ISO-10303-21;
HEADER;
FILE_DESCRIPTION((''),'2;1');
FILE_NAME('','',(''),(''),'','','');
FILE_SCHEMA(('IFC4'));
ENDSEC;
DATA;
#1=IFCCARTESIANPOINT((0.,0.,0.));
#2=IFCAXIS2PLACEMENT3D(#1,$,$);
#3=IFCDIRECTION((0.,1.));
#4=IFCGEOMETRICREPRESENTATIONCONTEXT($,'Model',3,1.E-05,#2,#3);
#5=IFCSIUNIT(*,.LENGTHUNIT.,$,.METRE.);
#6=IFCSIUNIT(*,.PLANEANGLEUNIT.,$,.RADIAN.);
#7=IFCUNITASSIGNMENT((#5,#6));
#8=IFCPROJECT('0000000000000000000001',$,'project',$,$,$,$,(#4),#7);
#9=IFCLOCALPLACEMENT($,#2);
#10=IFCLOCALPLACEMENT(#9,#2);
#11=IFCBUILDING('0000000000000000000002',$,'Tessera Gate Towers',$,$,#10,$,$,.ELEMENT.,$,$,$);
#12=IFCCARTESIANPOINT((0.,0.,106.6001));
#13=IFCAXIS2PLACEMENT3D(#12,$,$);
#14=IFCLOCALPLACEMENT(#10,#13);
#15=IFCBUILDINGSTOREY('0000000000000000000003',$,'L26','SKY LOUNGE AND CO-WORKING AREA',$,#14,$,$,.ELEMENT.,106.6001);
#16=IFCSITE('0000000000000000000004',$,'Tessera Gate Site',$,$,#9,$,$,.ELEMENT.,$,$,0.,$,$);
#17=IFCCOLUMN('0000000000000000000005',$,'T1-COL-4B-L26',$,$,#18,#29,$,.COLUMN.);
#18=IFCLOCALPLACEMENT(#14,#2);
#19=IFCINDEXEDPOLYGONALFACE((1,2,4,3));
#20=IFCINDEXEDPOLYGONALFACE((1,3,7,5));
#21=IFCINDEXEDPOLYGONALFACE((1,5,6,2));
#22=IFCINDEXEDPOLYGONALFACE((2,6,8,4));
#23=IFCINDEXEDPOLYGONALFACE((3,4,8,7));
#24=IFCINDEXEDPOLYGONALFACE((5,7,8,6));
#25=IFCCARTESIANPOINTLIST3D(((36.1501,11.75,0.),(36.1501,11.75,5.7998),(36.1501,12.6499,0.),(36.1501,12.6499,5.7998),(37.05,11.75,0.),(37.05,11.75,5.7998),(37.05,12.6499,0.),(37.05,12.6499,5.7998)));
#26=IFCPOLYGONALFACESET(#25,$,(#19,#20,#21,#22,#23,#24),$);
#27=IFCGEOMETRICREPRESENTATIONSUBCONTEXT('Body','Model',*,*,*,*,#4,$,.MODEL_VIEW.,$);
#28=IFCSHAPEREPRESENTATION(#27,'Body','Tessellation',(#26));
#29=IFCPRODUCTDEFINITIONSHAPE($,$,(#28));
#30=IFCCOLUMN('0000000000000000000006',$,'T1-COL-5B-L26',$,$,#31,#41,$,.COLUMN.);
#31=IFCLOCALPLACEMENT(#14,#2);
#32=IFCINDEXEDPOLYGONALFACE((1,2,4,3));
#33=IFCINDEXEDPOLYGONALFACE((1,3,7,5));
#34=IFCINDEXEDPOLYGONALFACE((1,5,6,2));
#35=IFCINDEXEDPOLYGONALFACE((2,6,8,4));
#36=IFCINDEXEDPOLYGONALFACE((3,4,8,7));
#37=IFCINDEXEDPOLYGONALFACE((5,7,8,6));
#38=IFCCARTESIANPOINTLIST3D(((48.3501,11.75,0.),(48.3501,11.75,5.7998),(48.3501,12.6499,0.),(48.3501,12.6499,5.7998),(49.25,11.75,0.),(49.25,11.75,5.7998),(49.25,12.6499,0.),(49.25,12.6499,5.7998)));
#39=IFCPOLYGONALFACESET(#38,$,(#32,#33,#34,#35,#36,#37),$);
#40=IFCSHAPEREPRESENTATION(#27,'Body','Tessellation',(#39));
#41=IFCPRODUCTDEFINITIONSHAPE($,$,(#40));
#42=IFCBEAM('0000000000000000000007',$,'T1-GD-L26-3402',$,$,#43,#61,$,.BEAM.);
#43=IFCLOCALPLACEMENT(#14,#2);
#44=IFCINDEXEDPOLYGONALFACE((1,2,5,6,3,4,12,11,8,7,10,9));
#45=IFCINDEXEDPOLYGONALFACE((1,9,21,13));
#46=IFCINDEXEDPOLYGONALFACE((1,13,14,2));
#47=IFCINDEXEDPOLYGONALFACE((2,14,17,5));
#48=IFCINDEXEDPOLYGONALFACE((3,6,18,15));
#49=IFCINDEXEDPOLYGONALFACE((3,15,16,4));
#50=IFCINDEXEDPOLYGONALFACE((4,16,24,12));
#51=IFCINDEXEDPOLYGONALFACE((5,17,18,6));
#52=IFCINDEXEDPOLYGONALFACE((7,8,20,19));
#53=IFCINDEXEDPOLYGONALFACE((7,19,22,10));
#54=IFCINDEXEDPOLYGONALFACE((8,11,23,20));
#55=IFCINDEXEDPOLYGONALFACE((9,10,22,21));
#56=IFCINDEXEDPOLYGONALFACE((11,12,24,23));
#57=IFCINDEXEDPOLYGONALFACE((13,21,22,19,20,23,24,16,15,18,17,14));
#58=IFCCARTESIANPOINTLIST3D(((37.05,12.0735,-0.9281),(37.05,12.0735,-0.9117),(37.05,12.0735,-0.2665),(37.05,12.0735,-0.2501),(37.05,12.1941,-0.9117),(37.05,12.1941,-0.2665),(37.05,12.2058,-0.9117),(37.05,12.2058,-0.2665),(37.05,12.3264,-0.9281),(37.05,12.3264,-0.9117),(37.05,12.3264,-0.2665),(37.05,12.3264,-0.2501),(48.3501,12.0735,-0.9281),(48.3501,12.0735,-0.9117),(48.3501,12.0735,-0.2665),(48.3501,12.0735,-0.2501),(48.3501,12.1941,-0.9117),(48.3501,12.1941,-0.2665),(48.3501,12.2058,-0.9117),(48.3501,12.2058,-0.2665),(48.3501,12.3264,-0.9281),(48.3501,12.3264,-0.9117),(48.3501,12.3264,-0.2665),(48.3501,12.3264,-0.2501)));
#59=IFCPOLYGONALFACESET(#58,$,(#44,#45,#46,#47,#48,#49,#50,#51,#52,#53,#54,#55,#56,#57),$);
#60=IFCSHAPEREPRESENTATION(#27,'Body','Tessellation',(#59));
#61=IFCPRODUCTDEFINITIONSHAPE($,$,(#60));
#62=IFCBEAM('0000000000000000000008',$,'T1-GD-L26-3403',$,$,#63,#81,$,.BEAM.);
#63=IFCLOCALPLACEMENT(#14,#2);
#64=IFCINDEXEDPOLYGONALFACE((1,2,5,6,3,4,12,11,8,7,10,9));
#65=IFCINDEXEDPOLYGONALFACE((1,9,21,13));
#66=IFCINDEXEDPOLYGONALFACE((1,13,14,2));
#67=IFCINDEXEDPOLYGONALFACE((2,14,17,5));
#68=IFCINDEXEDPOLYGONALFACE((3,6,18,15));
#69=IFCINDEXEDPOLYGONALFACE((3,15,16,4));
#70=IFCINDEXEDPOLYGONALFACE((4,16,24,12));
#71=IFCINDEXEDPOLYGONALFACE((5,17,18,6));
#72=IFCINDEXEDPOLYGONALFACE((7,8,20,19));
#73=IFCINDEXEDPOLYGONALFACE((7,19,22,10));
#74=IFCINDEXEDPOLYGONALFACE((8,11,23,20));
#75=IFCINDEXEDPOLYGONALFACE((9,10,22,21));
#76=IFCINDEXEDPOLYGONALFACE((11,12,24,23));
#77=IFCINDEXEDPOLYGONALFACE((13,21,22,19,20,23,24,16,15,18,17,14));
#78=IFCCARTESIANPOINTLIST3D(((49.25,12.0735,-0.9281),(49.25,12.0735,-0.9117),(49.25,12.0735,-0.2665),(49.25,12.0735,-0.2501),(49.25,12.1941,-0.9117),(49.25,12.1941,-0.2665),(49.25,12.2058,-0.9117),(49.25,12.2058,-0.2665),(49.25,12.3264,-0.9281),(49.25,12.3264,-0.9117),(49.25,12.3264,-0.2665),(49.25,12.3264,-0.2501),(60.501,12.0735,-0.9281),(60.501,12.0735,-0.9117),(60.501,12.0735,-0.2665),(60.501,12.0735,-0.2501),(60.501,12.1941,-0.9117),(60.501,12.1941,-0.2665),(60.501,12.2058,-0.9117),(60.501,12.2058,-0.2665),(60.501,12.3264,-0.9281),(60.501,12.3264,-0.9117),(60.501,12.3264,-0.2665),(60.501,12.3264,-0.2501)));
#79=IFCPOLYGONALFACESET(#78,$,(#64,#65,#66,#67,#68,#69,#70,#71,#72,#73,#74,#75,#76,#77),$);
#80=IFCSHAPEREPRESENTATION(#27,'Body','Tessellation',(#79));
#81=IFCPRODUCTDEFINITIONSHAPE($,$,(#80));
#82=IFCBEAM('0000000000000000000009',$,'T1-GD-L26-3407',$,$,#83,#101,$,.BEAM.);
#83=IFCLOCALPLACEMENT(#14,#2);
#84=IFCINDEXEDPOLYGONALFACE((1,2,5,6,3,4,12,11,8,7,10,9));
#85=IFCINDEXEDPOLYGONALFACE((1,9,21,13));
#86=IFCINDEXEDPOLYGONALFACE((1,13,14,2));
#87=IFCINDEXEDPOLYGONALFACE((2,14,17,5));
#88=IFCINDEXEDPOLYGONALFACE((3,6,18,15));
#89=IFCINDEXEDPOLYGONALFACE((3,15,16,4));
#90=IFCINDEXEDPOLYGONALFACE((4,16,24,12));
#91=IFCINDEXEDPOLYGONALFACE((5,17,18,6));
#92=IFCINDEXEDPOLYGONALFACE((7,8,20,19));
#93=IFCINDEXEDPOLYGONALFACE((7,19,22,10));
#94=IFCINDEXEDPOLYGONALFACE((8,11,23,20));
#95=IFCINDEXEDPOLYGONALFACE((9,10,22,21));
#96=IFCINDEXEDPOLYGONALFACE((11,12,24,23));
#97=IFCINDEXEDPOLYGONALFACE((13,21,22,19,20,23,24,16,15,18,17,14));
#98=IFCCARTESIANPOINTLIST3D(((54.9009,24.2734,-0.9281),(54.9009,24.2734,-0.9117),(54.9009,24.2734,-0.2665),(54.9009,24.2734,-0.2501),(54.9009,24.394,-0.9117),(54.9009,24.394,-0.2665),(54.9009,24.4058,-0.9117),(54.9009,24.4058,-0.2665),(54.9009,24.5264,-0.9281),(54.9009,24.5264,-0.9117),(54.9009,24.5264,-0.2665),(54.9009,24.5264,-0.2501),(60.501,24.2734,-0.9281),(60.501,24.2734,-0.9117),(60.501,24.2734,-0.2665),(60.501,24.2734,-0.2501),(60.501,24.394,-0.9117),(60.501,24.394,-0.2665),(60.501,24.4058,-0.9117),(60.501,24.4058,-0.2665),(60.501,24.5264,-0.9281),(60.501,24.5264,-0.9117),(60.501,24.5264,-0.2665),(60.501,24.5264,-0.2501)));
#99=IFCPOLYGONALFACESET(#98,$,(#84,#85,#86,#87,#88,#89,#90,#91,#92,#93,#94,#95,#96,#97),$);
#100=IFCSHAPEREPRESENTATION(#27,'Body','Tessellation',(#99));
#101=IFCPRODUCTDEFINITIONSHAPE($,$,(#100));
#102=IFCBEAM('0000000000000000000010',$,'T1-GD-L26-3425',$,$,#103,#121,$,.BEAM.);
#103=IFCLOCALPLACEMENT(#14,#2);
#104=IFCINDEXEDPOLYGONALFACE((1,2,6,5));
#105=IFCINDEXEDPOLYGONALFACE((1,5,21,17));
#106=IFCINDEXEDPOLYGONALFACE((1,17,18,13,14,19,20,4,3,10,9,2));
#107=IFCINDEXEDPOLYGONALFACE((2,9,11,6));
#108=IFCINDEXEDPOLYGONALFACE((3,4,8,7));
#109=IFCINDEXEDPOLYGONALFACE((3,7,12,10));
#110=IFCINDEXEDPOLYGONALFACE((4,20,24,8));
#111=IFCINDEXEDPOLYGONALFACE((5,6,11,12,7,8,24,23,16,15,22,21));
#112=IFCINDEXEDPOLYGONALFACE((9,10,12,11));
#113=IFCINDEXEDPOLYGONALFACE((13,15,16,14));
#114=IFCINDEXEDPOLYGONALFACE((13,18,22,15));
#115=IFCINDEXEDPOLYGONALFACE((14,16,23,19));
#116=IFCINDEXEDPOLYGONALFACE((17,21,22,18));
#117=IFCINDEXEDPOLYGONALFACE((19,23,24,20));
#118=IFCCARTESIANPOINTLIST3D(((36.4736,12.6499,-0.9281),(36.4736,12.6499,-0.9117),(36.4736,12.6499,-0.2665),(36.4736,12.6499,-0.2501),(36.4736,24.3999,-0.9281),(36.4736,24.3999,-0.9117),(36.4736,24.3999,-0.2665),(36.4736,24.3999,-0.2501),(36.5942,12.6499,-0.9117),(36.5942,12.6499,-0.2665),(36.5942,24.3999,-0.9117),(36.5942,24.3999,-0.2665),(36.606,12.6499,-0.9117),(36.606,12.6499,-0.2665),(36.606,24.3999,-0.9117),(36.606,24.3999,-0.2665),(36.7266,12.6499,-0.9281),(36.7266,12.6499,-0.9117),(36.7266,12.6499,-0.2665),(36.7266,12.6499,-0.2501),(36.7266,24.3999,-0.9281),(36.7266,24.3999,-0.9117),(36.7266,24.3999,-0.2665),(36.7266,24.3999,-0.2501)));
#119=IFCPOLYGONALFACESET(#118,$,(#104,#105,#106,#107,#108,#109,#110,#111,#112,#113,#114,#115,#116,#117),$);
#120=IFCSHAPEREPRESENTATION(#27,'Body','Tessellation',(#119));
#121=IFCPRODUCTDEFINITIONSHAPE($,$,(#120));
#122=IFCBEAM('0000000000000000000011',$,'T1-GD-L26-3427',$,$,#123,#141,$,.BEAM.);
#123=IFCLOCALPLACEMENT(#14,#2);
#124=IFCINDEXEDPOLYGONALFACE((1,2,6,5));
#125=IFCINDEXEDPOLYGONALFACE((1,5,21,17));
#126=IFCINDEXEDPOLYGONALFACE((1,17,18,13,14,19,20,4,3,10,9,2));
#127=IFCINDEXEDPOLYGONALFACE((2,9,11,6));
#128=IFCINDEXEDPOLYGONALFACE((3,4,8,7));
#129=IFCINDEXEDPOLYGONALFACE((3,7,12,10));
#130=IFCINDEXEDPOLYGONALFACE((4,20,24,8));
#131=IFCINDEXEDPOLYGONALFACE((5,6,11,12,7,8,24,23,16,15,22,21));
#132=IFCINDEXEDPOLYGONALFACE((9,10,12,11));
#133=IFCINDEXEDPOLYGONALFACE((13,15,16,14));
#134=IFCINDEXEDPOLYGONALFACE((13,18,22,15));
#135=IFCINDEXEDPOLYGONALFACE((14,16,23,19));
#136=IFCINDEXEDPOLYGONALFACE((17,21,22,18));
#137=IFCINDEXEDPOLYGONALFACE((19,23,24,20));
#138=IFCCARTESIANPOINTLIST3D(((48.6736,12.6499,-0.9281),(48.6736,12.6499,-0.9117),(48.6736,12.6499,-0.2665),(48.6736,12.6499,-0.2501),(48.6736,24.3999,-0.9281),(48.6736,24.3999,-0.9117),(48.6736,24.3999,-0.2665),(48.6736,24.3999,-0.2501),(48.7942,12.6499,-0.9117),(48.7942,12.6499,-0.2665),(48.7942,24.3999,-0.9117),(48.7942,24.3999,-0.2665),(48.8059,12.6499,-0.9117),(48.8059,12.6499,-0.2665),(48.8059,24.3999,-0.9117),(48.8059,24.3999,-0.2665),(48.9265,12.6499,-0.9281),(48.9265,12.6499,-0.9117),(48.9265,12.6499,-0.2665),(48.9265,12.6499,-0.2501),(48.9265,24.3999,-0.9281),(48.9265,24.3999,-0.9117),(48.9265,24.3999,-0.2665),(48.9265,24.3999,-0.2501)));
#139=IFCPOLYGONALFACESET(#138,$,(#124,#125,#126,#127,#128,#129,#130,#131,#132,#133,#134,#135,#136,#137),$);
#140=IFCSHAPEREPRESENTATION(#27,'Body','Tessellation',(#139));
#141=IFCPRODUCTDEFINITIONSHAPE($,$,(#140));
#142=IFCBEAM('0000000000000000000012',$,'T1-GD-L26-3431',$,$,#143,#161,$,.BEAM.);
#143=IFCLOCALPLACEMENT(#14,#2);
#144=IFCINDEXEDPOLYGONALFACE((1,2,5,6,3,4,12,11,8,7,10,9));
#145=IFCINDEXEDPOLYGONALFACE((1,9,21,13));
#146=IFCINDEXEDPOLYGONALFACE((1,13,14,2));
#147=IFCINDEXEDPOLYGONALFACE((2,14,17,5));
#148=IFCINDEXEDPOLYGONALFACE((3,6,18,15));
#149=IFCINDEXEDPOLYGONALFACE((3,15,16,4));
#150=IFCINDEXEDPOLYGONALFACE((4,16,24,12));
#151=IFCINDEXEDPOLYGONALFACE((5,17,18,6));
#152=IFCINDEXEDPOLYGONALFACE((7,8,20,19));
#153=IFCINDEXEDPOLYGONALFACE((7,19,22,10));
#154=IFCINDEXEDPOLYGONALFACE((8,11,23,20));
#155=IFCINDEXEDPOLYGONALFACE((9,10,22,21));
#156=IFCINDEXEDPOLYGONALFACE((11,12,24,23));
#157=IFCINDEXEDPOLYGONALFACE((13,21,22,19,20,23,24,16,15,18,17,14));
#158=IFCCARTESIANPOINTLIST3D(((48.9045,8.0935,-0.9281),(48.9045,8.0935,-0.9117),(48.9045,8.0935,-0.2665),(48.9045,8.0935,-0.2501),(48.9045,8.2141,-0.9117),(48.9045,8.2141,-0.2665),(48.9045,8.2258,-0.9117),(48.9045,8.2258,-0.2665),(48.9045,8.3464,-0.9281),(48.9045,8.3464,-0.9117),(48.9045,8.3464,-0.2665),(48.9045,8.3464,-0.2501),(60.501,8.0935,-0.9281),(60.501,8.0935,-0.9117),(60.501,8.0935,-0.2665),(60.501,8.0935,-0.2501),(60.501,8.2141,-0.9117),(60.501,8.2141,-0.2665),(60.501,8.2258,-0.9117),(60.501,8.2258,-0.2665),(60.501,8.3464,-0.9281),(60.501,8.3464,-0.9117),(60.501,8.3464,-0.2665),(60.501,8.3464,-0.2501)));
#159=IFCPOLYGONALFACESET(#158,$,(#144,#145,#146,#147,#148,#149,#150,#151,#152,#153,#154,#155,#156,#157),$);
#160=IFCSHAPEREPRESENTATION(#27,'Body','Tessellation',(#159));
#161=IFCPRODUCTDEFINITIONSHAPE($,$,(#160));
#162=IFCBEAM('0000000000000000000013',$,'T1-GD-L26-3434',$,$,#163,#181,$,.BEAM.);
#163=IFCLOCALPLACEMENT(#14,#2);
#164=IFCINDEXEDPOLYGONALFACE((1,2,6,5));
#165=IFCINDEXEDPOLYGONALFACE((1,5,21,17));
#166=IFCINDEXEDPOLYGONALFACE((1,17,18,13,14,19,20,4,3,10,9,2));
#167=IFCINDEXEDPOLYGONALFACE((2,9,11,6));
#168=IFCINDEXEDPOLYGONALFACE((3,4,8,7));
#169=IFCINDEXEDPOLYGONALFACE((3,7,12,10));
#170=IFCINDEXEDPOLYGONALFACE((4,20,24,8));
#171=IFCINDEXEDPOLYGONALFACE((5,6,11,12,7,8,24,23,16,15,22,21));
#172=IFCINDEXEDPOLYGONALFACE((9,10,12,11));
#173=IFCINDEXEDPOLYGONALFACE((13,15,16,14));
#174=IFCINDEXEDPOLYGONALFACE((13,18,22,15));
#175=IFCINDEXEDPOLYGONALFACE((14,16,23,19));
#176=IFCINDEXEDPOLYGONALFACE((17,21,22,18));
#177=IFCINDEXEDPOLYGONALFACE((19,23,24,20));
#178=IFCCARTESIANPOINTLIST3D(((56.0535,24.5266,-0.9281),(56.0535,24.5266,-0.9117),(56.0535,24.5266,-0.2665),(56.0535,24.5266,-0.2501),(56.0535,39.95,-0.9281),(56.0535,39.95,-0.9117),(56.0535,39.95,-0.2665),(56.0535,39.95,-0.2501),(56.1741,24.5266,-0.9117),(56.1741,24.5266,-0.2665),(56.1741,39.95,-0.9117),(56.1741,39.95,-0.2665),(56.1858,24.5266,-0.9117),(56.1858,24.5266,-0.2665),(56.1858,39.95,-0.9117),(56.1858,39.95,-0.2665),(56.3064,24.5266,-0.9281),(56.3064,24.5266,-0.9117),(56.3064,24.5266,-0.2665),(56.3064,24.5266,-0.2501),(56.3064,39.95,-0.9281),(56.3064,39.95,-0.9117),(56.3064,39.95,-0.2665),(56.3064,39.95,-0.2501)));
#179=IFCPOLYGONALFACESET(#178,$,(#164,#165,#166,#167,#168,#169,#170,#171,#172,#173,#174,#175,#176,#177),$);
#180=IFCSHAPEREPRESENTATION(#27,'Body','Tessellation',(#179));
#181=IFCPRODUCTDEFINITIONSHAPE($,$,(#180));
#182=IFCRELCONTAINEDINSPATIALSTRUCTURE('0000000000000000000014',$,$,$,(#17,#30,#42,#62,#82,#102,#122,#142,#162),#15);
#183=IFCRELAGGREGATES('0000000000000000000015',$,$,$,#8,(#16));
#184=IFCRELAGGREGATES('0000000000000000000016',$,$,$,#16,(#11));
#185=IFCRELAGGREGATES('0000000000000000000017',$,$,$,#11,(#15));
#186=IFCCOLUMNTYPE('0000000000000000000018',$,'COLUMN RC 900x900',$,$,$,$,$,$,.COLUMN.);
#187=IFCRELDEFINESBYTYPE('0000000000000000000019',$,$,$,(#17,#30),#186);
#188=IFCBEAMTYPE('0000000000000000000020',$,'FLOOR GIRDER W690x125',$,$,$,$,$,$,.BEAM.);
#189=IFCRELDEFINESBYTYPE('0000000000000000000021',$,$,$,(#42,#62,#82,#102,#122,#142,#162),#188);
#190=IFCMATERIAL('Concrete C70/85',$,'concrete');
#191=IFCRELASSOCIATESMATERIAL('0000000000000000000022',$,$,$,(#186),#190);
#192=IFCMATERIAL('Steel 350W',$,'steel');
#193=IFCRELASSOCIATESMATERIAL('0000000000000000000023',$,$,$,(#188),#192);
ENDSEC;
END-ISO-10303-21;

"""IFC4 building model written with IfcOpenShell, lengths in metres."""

from ifc_helpers import new_model, si_unit, direction, frame, origin, origin_2d, place, context, subcontext, project, spatial, rectangle, i_section, extrude, material, material_profile, profile_set, type_object, element, save


model = new_model("IFC4")

# Units and contexts
model_context = context("Model", 3, precision=1e-05, world=origin(), true_north=direction((0.0, 1.0)))
body_context = subcontext(model_context, "Body", "Model", "MODEL_VIEW")
ifc_project = project(units=[si_unit("LENGTHUNIT", "METRE"), si_unit("PLANEANGLEUNIT", "RADIAN")], contexts=[model_context])

# Site, building, storey
site_placement = place(None, origin())
site = spatial("IfcSite", under=ifc_project, at=site_placement, Name="Tessera Gate Site", CompositionType="ELEMENT", RefElevation=0.0)
building_placement = place(site_placement, origin())
building = spatial("IfcBuilding", under=site, at=building_placement, Name="Tessera Gate Towers", CompositionType="ELEMENT")
storey_placement = place(building_placement, frame((0.0, 0.0, 106.6001)))
storey = spatial("IfcBuildingStorey", under=building, at=storey_placement, Name="L26", Description="SKY LOUNGE AND CO-WORKING AREA", CompositionType="ELEMENT", Elevation=106.6001)

# Columns
ifc_material_1 = material(Name="Concrete C70/85", Category="concrete")
ifc_material_profile_1 = material_profile(ifc_material_1, rectangle(XDim=0.8999, YDim=0.8999, at=origin_2d()), Name="RC 900x900")
ifc_profile_set_1 = profile_set([ifc_material_profile_1], Name="Concrete C70/85")
column_type = type_object("IfcColumnType", Name="COLUMN RC 900x900", PredefinedType="COLUMN", material=ifc_profile_set_1)
for number, where, z_axis, x_axis, name in (
    (1, (36.6001, 12.2, 0.0), (0.0, 0.0, 1.0), (1.0, 0.0, 0.0), "T1-COL-4B-L26"),
    (2, (48.8, 12.2, 0.0), (0.0, 0.0, 1.0), (1.0, 0.0, 0.0), "T1-COL-5B-L26"),
):
    element("IfcColumn", number, at=place(storey_placement, frame(where, z_axis=z_axis, x_axis=x_axis)), inside=storey, type_object=column_type, Name=name, PredefinedType="COLUMN", context=body_context, shape_type="SweptSolid", body=[
        extrude(rectangle(XDim=0.8999, YDim=0.8999, at=origin_2d()), origin(), (0.0, 0.0, 1.0), 5.7998),
    ])

# Beams
ifc_material_2 = material(Name="Steel 350W", Category="steel")
ifc_material_profile_2 = material_profile(ifc_material_2, i_section(OverallWidth=0.2529, OverallDepth=0.678, WebThickness=0.0117, FlangeThickness=0.0164, at=origin_2d()), Name="W690x125")
ifc_profile_set_2 = profile_set([ifc_material_profile_2], Name="Steel 350W")
beam_type_1 = type_object("IfcBeamType", Name="FLOOR GIRDER W690x125", PredefinedType="BEAM", material=ifc_profile_set_2)
beam_1_placement = place(storey_placement, frame((37.05, 12.2, -0.5891), z_axis=(1.0, 0.0, 0.0), x_axis=(0.0, 1.0, 0.0)))
element("IfcBeam", 3, at=beam_1_placement, inside=storey, type_object=beam_type_1, Name="T1-GD-L26-3402", PredefinedType="BEAM", context=body_context, shape_type="SweptSolid", body=[
    extrude(i_section(OverallWidth=0.2529, OverallDepth=0.678, WebThickness=0.0117, FlangeThickness=0.0164, at=origin_2d()), origin(), (0.0, 0.0, 1.0), 11.3),
])
beam_2_placement = place(storey_placement, frame((49.25, 12.2, -0.5891), z_axis=(1.0, 0.0, 0.0), x_axis=(0.0, 1.0, 0.0)))
element("IfcBeam", 4, at=beam_2_placement, inside=storey, type_object=beam_type_1, Name="T1-GD-L26-3403", PredefinedType="BEAM", context=body_context, shape_type="SweptSolid", body=[
    extrude(i_section(OverallWidth=0.2529, OverallDepth=0.678, WebThickness=0.0117, FlangeThickness=0.0164, at=origin_2d()), origin(), (0.0, 0.0, 1.0), 11.251),
])
beam_3_placement = place(storey_placement, frame((54.9009, 24.3999, -0.5891), z_axis=(1.0, 0.0, 0.0), x_axis=(0.0, 1.0, 0.0)))
element("IfcBeam", 5, at=beam_3_placement, inside=storey, type_object=beam_type_1, Name="T1-GD-L26-3407", PredefinedType="BEAM", context=body_context, shape_type="SweptSolid", body=[
    extrude(i_section(OverallWidth=0.2529, OverallDepth=0.678, WebThickness=0.0117, FlangeThickness=0.0164, at=origin_2d()), origin(), (0.0, 0.0, 1.0), 5.6001),
])
for number, where, z_axis, x_axis, name in (
    (6, (36.6001, 12.6499, -0.5891), (0.0, 1.0, 0.0), (-1.0, 0.0, 0.0), "T1-GD-L26-3425"),
    (7, (48.8, 12.6499, -0.5891), (0.0, 1.0, 0.0), (-1.0, 0.0, 0.0), "T1-GD-L26-3427"),
):
    element("IfcBeam", number, at=place(storey_placement, frame(where, z_axis=z_axis, x_axis=x_axis)), inside=storey, type_object=beam_type_1, Name=name, PredefinedType="BEAM", context=body_context, shape_type="SweptSolid", body=[
        extrude(i_section(OverallWidth=0.2529, OverallDepth=0.678, WebThickness=0.0117, FlangeThickness=0.0164, at=origin_2d()), origin(), (0.0, 0.0, 1.0), 11.75),
    ])
beam_4_placement = place(storey_placement, frame((48.9045, 8.22, -0.5891), z_axis=(1.0, 0.0, 0.0), x_axis=(0.0, 1.0, 0.0)))
element("IfcBeam", 8, at=beam_4_placement, inside=storey, type_object=beam_type_1, Name="T1-GD-L26-3431", PredefinedType="BEAM", context=body_context, shape_type="SweptSolid", body=[
    extrude(i_section(OverallWidth=0.2529, OverallDepth=0.678, WebThickness=0.0117, FlangeThickness=0.0164, at=origin_2d()), origin(), (0.0, 0.0, 1.0), 11.5964),
])
beam_5_placement = place(storey_placement, frame((56.1799, 24.5266, -0.5891), z_axis=(0.0, 1.0, 0.0), x_axis=(-1.0, 0.0, 0.0)))
element("IfcBeam", 9, at=beam_5_placement, inside=storey, type_object=beam_type_1, Name="T1-GD-L26-3434", PredefinedType="BEAM", context=body_context, shape_type="SweptSolid", body=[
    extrude(i_section(OverallWidth=0.2529, OverallDepth=0.678, WebThickness=0.0117, FlangeThickness=0.0164, at=origin_2d()), origin(), (0.0, 0.0, 1.0), 15.4233),
])

save(model, "model.ifc")
